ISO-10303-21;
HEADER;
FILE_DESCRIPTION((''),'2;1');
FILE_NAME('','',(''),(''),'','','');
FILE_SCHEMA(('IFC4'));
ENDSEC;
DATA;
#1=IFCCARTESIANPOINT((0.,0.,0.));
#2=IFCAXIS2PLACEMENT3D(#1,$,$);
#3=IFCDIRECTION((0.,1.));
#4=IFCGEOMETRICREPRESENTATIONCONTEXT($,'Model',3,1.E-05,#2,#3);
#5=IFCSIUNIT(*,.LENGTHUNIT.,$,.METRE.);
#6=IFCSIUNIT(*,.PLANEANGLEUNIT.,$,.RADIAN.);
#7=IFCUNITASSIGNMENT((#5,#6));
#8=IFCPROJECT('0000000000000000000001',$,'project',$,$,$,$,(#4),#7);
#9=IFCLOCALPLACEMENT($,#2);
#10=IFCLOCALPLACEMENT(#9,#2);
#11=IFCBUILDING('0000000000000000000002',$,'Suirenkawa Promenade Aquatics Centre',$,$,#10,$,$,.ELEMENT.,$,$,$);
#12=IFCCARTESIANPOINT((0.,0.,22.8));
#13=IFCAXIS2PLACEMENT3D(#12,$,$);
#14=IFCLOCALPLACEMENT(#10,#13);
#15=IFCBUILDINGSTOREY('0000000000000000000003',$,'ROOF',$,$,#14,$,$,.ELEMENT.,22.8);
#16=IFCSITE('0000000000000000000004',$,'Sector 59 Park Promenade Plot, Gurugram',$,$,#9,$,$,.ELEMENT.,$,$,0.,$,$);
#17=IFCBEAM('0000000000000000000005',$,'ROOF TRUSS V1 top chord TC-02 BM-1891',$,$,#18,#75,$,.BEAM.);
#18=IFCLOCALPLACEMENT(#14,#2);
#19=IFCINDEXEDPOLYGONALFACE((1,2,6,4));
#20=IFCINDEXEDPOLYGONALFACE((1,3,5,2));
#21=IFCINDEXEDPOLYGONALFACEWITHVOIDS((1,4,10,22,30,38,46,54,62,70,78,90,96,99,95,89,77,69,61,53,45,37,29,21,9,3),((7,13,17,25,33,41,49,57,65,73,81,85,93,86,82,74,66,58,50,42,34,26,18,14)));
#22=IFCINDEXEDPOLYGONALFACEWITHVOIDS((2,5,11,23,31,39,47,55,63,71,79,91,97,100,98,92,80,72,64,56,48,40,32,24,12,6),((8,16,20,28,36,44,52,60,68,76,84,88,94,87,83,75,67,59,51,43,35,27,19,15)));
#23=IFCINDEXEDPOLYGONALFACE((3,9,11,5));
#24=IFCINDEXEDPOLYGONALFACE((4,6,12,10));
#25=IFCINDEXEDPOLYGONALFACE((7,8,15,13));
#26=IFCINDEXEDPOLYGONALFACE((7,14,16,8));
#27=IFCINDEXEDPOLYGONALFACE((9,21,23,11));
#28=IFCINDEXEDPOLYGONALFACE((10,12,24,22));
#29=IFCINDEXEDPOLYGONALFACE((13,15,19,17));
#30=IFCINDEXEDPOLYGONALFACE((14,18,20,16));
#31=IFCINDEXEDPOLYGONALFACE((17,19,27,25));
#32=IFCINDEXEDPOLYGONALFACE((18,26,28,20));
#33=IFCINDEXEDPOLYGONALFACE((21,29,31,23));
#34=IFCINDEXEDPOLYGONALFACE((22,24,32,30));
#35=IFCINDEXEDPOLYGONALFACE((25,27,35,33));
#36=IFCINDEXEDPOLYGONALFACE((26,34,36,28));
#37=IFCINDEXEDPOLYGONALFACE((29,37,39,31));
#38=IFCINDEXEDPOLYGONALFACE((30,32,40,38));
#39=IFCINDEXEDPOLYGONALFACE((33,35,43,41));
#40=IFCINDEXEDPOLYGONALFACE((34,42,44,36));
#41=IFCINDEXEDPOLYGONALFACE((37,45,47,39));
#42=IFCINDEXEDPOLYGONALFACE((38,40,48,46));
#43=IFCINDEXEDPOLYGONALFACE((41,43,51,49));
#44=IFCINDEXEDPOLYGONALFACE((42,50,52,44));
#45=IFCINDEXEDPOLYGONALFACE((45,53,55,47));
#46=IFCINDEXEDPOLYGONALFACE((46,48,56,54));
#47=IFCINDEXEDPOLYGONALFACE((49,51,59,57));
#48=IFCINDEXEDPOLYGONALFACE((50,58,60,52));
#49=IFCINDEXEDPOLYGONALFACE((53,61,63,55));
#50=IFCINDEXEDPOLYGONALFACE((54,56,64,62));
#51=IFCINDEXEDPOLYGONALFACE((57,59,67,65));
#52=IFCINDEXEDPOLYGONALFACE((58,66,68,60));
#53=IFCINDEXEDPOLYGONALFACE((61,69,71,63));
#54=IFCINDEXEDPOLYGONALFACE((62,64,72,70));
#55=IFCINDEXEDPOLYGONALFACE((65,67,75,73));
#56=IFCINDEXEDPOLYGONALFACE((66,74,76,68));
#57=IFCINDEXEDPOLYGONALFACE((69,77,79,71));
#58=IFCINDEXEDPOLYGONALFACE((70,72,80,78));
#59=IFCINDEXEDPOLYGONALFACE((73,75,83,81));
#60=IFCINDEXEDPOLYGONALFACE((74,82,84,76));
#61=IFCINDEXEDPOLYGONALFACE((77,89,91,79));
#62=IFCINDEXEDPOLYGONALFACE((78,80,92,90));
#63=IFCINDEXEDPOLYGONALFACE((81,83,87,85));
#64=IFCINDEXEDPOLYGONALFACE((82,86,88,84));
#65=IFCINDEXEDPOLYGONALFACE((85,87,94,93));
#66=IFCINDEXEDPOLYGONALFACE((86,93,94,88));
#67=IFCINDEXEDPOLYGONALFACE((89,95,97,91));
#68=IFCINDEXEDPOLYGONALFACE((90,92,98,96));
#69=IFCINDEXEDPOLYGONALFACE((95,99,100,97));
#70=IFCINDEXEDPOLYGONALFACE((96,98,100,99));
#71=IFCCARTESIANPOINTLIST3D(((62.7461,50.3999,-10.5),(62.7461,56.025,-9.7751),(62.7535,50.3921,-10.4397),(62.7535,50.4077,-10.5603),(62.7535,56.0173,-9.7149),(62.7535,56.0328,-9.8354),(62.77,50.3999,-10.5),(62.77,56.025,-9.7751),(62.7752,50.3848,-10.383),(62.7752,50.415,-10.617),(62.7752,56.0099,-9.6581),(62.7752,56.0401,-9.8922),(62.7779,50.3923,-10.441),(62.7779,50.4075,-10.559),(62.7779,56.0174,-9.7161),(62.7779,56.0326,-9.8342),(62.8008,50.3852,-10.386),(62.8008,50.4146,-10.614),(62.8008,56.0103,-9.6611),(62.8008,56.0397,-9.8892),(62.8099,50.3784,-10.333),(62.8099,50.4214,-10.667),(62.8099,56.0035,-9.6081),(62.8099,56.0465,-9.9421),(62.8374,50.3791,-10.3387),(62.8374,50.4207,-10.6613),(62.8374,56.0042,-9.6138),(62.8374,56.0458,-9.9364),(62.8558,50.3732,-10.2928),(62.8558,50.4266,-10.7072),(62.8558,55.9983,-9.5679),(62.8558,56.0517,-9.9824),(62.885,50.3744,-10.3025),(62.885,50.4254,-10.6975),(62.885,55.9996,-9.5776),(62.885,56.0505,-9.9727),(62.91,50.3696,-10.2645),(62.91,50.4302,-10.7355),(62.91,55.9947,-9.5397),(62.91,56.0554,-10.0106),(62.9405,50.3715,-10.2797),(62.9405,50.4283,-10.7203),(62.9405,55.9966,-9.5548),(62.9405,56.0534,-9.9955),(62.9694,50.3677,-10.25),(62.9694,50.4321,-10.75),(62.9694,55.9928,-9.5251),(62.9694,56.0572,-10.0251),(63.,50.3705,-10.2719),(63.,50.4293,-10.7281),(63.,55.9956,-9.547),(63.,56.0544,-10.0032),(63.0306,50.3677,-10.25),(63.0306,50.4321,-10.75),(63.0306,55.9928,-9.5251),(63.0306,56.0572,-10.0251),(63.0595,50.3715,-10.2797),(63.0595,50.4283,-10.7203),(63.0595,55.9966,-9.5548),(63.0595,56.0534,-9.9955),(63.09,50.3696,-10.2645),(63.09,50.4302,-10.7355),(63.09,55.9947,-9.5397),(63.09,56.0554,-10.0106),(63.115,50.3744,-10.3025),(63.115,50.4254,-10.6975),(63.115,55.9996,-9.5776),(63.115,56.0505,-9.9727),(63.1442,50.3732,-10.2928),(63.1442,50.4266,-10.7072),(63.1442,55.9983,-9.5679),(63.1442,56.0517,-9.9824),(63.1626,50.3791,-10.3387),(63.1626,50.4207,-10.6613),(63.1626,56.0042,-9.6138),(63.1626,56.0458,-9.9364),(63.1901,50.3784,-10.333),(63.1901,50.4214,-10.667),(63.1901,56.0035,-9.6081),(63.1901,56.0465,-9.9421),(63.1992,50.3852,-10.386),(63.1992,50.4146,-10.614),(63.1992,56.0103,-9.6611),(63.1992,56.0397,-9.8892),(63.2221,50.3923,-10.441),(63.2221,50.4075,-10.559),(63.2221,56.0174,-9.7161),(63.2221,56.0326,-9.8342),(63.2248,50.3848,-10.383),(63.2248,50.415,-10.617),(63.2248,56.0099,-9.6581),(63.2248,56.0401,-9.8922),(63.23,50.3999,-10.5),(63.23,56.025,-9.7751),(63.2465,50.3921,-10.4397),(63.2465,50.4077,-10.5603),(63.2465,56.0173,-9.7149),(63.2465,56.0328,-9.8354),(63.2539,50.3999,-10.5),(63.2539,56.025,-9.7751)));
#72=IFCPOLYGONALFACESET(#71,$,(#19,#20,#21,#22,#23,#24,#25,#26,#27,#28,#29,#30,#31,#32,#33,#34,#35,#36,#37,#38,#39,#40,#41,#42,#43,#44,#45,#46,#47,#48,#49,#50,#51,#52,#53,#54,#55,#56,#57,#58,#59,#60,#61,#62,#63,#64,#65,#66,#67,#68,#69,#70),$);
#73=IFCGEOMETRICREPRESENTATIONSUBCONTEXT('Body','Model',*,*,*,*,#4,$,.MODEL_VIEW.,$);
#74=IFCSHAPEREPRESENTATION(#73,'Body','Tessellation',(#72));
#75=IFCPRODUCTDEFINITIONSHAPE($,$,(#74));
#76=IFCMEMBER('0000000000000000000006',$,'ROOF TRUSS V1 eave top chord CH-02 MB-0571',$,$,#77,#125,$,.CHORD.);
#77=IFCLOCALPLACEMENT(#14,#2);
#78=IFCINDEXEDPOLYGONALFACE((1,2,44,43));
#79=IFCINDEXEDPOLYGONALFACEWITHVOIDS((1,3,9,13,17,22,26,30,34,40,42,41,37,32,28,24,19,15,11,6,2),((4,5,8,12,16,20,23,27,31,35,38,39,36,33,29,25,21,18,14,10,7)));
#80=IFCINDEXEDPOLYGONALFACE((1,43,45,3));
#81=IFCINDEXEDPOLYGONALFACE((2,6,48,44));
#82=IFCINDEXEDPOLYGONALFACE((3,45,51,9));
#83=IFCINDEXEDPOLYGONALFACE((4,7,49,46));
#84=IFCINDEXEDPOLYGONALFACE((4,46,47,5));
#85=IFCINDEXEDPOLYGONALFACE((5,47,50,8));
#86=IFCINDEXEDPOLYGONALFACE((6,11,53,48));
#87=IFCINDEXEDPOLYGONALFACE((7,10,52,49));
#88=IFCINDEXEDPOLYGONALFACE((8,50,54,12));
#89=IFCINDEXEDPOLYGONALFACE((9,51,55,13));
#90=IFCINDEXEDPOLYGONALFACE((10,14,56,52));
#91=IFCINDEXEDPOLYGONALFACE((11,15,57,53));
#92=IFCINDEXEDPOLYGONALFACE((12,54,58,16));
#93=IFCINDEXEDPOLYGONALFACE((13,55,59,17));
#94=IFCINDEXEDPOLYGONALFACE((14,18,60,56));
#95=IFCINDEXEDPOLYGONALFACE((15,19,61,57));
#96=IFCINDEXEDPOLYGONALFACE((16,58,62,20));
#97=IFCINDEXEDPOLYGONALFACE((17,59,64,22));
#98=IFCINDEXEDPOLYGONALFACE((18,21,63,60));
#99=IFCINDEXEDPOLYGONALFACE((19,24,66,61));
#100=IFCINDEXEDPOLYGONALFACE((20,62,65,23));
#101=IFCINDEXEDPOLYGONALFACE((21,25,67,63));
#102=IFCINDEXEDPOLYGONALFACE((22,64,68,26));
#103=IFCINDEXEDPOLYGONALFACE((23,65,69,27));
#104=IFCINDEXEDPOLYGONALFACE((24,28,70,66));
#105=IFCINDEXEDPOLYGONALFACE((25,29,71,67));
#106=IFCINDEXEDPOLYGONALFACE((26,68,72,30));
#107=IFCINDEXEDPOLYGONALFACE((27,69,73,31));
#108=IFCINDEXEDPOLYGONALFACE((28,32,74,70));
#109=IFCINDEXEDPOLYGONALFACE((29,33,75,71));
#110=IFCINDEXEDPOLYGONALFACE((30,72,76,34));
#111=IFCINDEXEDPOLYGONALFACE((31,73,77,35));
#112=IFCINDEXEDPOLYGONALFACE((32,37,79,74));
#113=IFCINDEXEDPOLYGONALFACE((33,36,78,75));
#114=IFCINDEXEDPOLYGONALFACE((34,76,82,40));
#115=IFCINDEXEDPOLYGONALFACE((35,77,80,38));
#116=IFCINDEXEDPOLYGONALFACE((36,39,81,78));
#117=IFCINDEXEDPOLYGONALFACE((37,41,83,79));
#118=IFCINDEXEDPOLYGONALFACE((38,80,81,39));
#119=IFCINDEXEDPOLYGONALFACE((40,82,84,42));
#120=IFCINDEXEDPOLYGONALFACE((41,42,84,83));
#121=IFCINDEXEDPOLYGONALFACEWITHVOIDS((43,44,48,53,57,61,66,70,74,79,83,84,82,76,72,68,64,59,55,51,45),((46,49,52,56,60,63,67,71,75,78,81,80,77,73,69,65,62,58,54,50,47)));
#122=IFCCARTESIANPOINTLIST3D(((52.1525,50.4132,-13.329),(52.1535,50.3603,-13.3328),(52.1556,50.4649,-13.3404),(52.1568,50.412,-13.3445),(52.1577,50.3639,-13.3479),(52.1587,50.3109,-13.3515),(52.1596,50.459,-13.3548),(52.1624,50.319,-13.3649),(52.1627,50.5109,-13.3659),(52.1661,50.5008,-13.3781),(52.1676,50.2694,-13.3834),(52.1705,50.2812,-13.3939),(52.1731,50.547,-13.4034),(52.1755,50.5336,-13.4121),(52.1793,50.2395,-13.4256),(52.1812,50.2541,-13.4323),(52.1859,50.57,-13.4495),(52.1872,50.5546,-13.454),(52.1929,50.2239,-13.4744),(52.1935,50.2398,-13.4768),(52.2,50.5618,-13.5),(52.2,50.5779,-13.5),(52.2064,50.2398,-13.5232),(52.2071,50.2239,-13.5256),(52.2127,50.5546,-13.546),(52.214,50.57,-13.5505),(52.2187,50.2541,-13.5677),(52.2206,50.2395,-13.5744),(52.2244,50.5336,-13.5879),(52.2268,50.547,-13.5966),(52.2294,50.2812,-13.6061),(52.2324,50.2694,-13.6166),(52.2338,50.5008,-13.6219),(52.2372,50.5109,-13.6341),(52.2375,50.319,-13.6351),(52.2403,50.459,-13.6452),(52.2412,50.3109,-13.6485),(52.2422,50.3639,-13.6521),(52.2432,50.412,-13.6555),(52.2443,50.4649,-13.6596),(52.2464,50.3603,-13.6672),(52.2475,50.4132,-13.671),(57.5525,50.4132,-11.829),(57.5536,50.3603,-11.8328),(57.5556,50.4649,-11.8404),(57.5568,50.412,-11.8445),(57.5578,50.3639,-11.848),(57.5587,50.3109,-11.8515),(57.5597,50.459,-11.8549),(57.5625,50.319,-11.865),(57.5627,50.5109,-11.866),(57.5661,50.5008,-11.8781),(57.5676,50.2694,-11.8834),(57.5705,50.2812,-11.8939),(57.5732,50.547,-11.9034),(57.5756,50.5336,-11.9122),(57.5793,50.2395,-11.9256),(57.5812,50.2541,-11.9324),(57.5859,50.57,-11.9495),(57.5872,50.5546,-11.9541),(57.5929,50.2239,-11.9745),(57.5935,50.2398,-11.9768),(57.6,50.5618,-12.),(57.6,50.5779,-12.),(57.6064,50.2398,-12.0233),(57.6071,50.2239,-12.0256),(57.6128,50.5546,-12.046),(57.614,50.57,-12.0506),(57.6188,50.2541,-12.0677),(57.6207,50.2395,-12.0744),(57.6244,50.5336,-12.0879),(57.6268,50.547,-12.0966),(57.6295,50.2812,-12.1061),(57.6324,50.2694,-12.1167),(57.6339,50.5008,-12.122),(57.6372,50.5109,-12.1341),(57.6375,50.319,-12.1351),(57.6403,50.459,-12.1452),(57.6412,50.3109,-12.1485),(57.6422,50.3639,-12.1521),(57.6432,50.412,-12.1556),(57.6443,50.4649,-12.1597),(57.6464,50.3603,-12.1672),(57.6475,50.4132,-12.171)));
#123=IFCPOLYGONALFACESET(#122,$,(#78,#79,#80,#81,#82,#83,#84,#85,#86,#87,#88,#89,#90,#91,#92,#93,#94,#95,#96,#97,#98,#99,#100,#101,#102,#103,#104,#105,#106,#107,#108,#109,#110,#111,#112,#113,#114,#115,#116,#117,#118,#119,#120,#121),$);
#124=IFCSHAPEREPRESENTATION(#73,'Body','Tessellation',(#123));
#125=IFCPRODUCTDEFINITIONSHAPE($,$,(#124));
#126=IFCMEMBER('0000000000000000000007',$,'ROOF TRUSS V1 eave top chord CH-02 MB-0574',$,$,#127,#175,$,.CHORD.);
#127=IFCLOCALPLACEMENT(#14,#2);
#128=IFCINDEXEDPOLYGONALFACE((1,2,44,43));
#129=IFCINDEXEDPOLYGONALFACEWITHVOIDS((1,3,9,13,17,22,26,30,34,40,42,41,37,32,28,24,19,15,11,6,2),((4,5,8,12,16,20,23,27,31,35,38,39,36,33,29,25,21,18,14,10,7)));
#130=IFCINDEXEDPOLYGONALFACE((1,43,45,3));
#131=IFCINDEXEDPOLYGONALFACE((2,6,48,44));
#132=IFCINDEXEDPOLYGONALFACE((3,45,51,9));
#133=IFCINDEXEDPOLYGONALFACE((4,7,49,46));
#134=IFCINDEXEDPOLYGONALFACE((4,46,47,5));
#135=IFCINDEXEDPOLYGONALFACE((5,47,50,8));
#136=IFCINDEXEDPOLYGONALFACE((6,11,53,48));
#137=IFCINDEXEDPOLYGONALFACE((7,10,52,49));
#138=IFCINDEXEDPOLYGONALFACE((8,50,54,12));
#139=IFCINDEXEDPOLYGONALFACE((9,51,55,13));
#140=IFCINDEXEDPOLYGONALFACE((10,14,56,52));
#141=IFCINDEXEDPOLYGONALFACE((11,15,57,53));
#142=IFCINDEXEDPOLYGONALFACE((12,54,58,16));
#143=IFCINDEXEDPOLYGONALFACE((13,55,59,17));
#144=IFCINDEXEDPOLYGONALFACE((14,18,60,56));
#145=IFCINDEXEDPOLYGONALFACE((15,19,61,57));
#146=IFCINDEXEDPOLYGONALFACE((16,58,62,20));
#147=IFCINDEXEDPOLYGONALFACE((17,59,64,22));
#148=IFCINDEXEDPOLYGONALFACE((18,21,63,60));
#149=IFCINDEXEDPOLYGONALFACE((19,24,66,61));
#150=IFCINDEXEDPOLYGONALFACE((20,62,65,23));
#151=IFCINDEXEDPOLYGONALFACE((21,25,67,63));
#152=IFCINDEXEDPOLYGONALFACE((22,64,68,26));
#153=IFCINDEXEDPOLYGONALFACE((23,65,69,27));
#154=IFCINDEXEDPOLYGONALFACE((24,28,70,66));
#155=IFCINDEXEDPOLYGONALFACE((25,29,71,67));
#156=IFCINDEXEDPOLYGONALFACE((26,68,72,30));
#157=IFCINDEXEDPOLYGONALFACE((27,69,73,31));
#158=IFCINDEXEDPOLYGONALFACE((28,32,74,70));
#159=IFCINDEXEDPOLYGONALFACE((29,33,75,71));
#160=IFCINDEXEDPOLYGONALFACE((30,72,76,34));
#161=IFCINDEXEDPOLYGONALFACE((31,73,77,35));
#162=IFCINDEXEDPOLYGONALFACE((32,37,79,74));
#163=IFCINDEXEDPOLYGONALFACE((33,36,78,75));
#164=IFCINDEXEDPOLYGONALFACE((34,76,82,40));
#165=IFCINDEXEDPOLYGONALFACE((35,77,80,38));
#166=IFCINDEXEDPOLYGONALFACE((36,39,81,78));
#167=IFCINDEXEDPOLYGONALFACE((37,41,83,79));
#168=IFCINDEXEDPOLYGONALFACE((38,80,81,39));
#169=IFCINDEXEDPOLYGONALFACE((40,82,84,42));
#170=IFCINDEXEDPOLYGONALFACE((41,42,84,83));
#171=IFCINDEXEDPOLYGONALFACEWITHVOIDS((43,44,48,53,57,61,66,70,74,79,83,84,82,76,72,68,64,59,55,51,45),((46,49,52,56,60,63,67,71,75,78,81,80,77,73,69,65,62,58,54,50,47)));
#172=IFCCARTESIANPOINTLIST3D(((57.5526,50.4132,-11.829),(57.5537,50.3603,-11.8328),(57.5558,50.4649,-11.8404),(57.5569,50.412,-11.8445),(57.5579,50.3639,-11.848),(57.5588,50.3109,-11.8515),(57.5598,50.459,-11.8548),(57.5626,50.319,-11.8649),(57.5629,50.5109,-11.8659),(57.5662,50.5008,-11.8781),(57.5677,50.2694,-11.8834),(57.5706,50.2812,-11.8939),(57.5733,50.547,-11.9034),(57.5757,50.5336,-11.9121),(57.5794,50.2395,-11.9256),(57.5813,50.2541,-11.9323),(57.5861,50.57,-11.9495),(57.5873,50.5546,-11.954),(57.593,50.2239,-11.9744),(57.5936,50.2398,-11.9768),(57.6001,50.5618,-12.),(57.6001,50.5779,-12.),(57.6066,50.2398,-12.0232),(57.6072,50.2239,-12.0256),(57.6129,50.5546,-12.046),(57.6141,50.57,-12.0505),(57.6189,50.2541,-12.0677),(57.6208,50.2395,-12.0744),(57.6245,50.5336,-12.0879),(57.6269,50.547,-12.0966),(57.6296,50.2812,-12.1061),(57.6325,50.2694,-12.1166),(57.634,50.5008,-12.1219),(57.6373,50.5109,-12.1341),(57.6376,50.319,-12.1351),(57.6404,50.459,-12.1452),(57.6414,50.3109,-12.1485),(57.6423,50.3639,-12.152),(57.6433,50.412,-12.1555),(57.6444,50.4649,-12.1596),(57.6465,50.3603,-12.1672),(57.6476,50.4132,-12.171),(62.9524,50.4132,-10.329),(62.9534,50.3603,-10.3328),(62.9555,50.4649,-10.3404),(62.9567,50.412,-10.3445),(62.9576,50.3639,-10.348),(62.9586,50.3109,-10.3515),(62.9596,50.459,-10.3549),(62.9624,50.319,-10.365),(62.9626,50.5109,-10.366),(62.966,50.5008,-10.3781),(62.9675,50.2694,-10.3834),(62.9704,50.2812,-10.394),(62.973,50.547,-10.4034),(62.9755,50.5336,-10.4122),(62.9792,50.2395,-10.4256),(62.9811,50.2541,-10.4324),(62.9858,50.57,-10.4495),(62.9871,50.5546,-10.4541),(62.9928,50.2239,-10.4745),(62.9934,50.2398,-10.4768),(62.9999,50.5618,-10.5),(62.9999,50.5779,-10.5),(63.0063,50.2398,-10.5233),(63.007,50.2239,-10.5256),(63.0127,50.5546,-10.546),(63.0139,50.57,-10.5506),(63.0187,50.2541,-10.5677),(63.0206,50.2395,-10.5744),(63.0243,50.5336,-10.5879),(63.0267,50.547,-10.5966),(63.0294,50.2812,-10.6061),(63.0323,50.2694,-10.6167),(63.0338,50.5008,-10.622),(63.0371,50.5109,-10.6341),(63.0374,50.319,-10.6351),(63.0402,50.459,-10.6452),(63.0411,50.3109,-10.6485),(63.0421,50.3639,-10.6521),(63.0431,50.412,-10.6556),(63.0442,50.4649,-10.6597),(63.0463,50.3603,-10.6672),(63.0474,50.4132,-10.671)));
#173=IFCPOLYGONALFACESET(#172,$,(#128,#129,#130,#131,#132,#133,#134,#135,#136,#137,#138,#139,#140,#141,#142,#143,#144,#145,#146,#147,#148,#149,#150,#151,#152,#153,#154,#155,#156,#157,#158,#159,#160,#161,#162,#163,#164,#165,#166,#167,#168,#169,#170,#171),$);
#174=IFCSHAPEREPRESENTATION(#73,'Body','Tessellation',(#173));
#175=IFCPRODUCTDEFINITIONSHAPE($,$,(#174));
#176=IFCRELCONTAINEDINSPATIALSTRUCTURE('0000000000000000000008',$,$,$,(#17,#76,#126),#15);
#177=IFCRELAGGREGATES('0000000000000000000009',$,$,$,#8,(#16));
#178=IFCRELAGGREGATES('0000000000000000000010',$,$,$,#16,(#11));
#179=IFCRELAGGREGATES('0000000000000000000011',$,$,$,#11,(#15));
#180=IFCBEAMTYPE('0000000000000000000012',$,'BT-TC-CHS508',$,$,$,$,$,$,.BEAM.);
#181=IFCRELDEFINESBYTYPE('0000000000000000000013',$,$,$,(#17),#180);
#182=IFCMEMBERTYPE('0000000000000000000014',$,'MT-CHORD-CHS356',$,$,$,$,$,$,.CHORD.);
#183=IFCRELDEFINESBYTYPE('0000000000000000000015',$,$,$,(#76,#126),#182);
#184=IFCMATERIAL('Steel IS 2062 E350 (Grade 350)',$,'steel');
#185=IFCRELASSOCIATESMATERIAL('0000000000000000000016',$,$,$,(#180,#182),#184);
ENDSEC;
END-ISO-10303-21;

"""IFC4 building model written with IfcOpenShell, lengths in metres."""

from ifc_helpers import new_model, si_unit, direction, frame, origin, origin_2d, place, context, subcontext, project, spatial, hollow_circle, extrude, material, material_profile, profile_set, type_object, element, save


model = new_model("IFC4")

# Units and contexts
model_context = context("Model", 3, precision=1e-05, world=origin(), true_north=direction((0.0, 1.0)))
body_context = subcontext(model_context, "Body", "Model", "MODEL_VIEW")
ifc_project = project(units=[si_unit("LENGTHUNIT", "METRE"), si_unit("PLANEANGLEUNIT", "RADIAN")], contexts=[model_context])

# Site, building, storey
site_placement = place(None, origin())
site = spatial("IfcSite", under=ifc_project, at=site_placement, Name="Sector 59 Park Promenade Plot, Gurugram", CompositionType="ELEMENT", RefElevation=0.0)
building_placement = place(site_placement, origin())
building = spatial("IfcBuilding", under=site, at=building_placement, Name="Suirenkawa Promenade Aquatics Centre", CompositionType="ELEMENT")
storey_placement = place(building_placement, frame((0.0, 0.0, 22.8)))
storey = spatial("IfcBuildingStorey", under=building, at=storey_placement, Name="ROOF", CompositionType="ELEMENT", Elevation=22.8)

# Beam
ifc_material_1 = material(Name="Steel IS 2062 E350 (Grade 350)", Category="steel")
ifc_material_profile_1 = material_profile(ifc_material_1, hollow_circle(Radius=0.2539, WallThickness=0.0239, at=origin_2d()), Name="CHS 508x24", Category="steel")
ifc_profile_set_1 = profile_set([ifc_material_profile_1], Name="Steel IS 2062 E350 (Grade 350)")
beam_type_1 = type_object("IfcBeamType", Name="BT-TC-CHS508", PredefinedType="BEAM", material=ifc_profile_set_1)
for number, where, z_axis, x_axis, name in (
    (1, (63.0, 50.3999, -10.5), (0.0, 0.991799, 0.127806), (-1.0, 0.0, 0.0), "ROOF TRUSS V1 top chord TC-02 BM-1891"),
):
    element("IfcBeam", number, at=place(storey_placement, frame(where, z_axis=z_axis, x_axis=x_axis)), inside=storey, type_object=beam_type_1, Name=name, PredefinedType="BEAM", context=body_context, shape_type="SweptSolid", body=[
        extrude(hollow_circle(Radius=0.2539, WallThickness=0.0239, at=origin_2d()), origin(), (0.0, 0.0, 1.0), 5.6716),
    ])

# Members
ifc_material_profile_2 = material_profile(ifc_material_1, hollow_circle(Radius=0.178, WallThickness=0.0161, at=origin_2d()), Name="CHS 356x16", Category="steel")
ifc_profile_set_2 = profile_set([ifc_material_profile_2], Name="Steel IS 2062 E350 (Grade 350)")
member_type_1 = type_object("IfcMemberType", Name="MT-CHORD-CHS356", PredefinedType="CHORD", material=ifc_profile_set_2)
member_1_placement = place(storey_placement, frame((52.2, 50.3999, -13.5), z_axis=(0.96352, 0.0, 0.267637), x_axis=(0.0, 1.0, 0.0)))
element("IfcMember", 2, at=member_1_placement, inside=storey, type_object=member_type_1, Name="ROOF TRUSS V1 eave top chord CH-02 MB-0571", PredefinedType="CHORD", context=body_context, shape_type="SweptSolid", body=[
    extrude(hollow_circle(Radius=0.178, WallThickness=0.0161, at=origin_2d()), origin(), (0.0, 0.0, 1.0), 5.6045),
])
for number, where, z_axis, x_axis, name in (
    (3, (57.6001, 50.3999, -12.0), (0.963517, 0.0, 0.267648), (0.0, 1.0, 0.0), "ROOF TRUSS V1 eave top chord CH-02 MB-0574"),
):
    element("IfcMember", number, at=place(storey_placement, frame(where, z_axis=z_axis, x_axis=x_axis)), inside=storey, type_object=member_type_1, Name=name, PredefinedType="CHORD", context=body_context, shape_type="SweptSolid", body=[
        extrude(hollow_circle(Radius=0.178, WallThickness=0.0161, at=origin_2d()), origin(), (0.0, 0.0, 1.0), 5.6042),
    ])

save(model, "model.ifc")
